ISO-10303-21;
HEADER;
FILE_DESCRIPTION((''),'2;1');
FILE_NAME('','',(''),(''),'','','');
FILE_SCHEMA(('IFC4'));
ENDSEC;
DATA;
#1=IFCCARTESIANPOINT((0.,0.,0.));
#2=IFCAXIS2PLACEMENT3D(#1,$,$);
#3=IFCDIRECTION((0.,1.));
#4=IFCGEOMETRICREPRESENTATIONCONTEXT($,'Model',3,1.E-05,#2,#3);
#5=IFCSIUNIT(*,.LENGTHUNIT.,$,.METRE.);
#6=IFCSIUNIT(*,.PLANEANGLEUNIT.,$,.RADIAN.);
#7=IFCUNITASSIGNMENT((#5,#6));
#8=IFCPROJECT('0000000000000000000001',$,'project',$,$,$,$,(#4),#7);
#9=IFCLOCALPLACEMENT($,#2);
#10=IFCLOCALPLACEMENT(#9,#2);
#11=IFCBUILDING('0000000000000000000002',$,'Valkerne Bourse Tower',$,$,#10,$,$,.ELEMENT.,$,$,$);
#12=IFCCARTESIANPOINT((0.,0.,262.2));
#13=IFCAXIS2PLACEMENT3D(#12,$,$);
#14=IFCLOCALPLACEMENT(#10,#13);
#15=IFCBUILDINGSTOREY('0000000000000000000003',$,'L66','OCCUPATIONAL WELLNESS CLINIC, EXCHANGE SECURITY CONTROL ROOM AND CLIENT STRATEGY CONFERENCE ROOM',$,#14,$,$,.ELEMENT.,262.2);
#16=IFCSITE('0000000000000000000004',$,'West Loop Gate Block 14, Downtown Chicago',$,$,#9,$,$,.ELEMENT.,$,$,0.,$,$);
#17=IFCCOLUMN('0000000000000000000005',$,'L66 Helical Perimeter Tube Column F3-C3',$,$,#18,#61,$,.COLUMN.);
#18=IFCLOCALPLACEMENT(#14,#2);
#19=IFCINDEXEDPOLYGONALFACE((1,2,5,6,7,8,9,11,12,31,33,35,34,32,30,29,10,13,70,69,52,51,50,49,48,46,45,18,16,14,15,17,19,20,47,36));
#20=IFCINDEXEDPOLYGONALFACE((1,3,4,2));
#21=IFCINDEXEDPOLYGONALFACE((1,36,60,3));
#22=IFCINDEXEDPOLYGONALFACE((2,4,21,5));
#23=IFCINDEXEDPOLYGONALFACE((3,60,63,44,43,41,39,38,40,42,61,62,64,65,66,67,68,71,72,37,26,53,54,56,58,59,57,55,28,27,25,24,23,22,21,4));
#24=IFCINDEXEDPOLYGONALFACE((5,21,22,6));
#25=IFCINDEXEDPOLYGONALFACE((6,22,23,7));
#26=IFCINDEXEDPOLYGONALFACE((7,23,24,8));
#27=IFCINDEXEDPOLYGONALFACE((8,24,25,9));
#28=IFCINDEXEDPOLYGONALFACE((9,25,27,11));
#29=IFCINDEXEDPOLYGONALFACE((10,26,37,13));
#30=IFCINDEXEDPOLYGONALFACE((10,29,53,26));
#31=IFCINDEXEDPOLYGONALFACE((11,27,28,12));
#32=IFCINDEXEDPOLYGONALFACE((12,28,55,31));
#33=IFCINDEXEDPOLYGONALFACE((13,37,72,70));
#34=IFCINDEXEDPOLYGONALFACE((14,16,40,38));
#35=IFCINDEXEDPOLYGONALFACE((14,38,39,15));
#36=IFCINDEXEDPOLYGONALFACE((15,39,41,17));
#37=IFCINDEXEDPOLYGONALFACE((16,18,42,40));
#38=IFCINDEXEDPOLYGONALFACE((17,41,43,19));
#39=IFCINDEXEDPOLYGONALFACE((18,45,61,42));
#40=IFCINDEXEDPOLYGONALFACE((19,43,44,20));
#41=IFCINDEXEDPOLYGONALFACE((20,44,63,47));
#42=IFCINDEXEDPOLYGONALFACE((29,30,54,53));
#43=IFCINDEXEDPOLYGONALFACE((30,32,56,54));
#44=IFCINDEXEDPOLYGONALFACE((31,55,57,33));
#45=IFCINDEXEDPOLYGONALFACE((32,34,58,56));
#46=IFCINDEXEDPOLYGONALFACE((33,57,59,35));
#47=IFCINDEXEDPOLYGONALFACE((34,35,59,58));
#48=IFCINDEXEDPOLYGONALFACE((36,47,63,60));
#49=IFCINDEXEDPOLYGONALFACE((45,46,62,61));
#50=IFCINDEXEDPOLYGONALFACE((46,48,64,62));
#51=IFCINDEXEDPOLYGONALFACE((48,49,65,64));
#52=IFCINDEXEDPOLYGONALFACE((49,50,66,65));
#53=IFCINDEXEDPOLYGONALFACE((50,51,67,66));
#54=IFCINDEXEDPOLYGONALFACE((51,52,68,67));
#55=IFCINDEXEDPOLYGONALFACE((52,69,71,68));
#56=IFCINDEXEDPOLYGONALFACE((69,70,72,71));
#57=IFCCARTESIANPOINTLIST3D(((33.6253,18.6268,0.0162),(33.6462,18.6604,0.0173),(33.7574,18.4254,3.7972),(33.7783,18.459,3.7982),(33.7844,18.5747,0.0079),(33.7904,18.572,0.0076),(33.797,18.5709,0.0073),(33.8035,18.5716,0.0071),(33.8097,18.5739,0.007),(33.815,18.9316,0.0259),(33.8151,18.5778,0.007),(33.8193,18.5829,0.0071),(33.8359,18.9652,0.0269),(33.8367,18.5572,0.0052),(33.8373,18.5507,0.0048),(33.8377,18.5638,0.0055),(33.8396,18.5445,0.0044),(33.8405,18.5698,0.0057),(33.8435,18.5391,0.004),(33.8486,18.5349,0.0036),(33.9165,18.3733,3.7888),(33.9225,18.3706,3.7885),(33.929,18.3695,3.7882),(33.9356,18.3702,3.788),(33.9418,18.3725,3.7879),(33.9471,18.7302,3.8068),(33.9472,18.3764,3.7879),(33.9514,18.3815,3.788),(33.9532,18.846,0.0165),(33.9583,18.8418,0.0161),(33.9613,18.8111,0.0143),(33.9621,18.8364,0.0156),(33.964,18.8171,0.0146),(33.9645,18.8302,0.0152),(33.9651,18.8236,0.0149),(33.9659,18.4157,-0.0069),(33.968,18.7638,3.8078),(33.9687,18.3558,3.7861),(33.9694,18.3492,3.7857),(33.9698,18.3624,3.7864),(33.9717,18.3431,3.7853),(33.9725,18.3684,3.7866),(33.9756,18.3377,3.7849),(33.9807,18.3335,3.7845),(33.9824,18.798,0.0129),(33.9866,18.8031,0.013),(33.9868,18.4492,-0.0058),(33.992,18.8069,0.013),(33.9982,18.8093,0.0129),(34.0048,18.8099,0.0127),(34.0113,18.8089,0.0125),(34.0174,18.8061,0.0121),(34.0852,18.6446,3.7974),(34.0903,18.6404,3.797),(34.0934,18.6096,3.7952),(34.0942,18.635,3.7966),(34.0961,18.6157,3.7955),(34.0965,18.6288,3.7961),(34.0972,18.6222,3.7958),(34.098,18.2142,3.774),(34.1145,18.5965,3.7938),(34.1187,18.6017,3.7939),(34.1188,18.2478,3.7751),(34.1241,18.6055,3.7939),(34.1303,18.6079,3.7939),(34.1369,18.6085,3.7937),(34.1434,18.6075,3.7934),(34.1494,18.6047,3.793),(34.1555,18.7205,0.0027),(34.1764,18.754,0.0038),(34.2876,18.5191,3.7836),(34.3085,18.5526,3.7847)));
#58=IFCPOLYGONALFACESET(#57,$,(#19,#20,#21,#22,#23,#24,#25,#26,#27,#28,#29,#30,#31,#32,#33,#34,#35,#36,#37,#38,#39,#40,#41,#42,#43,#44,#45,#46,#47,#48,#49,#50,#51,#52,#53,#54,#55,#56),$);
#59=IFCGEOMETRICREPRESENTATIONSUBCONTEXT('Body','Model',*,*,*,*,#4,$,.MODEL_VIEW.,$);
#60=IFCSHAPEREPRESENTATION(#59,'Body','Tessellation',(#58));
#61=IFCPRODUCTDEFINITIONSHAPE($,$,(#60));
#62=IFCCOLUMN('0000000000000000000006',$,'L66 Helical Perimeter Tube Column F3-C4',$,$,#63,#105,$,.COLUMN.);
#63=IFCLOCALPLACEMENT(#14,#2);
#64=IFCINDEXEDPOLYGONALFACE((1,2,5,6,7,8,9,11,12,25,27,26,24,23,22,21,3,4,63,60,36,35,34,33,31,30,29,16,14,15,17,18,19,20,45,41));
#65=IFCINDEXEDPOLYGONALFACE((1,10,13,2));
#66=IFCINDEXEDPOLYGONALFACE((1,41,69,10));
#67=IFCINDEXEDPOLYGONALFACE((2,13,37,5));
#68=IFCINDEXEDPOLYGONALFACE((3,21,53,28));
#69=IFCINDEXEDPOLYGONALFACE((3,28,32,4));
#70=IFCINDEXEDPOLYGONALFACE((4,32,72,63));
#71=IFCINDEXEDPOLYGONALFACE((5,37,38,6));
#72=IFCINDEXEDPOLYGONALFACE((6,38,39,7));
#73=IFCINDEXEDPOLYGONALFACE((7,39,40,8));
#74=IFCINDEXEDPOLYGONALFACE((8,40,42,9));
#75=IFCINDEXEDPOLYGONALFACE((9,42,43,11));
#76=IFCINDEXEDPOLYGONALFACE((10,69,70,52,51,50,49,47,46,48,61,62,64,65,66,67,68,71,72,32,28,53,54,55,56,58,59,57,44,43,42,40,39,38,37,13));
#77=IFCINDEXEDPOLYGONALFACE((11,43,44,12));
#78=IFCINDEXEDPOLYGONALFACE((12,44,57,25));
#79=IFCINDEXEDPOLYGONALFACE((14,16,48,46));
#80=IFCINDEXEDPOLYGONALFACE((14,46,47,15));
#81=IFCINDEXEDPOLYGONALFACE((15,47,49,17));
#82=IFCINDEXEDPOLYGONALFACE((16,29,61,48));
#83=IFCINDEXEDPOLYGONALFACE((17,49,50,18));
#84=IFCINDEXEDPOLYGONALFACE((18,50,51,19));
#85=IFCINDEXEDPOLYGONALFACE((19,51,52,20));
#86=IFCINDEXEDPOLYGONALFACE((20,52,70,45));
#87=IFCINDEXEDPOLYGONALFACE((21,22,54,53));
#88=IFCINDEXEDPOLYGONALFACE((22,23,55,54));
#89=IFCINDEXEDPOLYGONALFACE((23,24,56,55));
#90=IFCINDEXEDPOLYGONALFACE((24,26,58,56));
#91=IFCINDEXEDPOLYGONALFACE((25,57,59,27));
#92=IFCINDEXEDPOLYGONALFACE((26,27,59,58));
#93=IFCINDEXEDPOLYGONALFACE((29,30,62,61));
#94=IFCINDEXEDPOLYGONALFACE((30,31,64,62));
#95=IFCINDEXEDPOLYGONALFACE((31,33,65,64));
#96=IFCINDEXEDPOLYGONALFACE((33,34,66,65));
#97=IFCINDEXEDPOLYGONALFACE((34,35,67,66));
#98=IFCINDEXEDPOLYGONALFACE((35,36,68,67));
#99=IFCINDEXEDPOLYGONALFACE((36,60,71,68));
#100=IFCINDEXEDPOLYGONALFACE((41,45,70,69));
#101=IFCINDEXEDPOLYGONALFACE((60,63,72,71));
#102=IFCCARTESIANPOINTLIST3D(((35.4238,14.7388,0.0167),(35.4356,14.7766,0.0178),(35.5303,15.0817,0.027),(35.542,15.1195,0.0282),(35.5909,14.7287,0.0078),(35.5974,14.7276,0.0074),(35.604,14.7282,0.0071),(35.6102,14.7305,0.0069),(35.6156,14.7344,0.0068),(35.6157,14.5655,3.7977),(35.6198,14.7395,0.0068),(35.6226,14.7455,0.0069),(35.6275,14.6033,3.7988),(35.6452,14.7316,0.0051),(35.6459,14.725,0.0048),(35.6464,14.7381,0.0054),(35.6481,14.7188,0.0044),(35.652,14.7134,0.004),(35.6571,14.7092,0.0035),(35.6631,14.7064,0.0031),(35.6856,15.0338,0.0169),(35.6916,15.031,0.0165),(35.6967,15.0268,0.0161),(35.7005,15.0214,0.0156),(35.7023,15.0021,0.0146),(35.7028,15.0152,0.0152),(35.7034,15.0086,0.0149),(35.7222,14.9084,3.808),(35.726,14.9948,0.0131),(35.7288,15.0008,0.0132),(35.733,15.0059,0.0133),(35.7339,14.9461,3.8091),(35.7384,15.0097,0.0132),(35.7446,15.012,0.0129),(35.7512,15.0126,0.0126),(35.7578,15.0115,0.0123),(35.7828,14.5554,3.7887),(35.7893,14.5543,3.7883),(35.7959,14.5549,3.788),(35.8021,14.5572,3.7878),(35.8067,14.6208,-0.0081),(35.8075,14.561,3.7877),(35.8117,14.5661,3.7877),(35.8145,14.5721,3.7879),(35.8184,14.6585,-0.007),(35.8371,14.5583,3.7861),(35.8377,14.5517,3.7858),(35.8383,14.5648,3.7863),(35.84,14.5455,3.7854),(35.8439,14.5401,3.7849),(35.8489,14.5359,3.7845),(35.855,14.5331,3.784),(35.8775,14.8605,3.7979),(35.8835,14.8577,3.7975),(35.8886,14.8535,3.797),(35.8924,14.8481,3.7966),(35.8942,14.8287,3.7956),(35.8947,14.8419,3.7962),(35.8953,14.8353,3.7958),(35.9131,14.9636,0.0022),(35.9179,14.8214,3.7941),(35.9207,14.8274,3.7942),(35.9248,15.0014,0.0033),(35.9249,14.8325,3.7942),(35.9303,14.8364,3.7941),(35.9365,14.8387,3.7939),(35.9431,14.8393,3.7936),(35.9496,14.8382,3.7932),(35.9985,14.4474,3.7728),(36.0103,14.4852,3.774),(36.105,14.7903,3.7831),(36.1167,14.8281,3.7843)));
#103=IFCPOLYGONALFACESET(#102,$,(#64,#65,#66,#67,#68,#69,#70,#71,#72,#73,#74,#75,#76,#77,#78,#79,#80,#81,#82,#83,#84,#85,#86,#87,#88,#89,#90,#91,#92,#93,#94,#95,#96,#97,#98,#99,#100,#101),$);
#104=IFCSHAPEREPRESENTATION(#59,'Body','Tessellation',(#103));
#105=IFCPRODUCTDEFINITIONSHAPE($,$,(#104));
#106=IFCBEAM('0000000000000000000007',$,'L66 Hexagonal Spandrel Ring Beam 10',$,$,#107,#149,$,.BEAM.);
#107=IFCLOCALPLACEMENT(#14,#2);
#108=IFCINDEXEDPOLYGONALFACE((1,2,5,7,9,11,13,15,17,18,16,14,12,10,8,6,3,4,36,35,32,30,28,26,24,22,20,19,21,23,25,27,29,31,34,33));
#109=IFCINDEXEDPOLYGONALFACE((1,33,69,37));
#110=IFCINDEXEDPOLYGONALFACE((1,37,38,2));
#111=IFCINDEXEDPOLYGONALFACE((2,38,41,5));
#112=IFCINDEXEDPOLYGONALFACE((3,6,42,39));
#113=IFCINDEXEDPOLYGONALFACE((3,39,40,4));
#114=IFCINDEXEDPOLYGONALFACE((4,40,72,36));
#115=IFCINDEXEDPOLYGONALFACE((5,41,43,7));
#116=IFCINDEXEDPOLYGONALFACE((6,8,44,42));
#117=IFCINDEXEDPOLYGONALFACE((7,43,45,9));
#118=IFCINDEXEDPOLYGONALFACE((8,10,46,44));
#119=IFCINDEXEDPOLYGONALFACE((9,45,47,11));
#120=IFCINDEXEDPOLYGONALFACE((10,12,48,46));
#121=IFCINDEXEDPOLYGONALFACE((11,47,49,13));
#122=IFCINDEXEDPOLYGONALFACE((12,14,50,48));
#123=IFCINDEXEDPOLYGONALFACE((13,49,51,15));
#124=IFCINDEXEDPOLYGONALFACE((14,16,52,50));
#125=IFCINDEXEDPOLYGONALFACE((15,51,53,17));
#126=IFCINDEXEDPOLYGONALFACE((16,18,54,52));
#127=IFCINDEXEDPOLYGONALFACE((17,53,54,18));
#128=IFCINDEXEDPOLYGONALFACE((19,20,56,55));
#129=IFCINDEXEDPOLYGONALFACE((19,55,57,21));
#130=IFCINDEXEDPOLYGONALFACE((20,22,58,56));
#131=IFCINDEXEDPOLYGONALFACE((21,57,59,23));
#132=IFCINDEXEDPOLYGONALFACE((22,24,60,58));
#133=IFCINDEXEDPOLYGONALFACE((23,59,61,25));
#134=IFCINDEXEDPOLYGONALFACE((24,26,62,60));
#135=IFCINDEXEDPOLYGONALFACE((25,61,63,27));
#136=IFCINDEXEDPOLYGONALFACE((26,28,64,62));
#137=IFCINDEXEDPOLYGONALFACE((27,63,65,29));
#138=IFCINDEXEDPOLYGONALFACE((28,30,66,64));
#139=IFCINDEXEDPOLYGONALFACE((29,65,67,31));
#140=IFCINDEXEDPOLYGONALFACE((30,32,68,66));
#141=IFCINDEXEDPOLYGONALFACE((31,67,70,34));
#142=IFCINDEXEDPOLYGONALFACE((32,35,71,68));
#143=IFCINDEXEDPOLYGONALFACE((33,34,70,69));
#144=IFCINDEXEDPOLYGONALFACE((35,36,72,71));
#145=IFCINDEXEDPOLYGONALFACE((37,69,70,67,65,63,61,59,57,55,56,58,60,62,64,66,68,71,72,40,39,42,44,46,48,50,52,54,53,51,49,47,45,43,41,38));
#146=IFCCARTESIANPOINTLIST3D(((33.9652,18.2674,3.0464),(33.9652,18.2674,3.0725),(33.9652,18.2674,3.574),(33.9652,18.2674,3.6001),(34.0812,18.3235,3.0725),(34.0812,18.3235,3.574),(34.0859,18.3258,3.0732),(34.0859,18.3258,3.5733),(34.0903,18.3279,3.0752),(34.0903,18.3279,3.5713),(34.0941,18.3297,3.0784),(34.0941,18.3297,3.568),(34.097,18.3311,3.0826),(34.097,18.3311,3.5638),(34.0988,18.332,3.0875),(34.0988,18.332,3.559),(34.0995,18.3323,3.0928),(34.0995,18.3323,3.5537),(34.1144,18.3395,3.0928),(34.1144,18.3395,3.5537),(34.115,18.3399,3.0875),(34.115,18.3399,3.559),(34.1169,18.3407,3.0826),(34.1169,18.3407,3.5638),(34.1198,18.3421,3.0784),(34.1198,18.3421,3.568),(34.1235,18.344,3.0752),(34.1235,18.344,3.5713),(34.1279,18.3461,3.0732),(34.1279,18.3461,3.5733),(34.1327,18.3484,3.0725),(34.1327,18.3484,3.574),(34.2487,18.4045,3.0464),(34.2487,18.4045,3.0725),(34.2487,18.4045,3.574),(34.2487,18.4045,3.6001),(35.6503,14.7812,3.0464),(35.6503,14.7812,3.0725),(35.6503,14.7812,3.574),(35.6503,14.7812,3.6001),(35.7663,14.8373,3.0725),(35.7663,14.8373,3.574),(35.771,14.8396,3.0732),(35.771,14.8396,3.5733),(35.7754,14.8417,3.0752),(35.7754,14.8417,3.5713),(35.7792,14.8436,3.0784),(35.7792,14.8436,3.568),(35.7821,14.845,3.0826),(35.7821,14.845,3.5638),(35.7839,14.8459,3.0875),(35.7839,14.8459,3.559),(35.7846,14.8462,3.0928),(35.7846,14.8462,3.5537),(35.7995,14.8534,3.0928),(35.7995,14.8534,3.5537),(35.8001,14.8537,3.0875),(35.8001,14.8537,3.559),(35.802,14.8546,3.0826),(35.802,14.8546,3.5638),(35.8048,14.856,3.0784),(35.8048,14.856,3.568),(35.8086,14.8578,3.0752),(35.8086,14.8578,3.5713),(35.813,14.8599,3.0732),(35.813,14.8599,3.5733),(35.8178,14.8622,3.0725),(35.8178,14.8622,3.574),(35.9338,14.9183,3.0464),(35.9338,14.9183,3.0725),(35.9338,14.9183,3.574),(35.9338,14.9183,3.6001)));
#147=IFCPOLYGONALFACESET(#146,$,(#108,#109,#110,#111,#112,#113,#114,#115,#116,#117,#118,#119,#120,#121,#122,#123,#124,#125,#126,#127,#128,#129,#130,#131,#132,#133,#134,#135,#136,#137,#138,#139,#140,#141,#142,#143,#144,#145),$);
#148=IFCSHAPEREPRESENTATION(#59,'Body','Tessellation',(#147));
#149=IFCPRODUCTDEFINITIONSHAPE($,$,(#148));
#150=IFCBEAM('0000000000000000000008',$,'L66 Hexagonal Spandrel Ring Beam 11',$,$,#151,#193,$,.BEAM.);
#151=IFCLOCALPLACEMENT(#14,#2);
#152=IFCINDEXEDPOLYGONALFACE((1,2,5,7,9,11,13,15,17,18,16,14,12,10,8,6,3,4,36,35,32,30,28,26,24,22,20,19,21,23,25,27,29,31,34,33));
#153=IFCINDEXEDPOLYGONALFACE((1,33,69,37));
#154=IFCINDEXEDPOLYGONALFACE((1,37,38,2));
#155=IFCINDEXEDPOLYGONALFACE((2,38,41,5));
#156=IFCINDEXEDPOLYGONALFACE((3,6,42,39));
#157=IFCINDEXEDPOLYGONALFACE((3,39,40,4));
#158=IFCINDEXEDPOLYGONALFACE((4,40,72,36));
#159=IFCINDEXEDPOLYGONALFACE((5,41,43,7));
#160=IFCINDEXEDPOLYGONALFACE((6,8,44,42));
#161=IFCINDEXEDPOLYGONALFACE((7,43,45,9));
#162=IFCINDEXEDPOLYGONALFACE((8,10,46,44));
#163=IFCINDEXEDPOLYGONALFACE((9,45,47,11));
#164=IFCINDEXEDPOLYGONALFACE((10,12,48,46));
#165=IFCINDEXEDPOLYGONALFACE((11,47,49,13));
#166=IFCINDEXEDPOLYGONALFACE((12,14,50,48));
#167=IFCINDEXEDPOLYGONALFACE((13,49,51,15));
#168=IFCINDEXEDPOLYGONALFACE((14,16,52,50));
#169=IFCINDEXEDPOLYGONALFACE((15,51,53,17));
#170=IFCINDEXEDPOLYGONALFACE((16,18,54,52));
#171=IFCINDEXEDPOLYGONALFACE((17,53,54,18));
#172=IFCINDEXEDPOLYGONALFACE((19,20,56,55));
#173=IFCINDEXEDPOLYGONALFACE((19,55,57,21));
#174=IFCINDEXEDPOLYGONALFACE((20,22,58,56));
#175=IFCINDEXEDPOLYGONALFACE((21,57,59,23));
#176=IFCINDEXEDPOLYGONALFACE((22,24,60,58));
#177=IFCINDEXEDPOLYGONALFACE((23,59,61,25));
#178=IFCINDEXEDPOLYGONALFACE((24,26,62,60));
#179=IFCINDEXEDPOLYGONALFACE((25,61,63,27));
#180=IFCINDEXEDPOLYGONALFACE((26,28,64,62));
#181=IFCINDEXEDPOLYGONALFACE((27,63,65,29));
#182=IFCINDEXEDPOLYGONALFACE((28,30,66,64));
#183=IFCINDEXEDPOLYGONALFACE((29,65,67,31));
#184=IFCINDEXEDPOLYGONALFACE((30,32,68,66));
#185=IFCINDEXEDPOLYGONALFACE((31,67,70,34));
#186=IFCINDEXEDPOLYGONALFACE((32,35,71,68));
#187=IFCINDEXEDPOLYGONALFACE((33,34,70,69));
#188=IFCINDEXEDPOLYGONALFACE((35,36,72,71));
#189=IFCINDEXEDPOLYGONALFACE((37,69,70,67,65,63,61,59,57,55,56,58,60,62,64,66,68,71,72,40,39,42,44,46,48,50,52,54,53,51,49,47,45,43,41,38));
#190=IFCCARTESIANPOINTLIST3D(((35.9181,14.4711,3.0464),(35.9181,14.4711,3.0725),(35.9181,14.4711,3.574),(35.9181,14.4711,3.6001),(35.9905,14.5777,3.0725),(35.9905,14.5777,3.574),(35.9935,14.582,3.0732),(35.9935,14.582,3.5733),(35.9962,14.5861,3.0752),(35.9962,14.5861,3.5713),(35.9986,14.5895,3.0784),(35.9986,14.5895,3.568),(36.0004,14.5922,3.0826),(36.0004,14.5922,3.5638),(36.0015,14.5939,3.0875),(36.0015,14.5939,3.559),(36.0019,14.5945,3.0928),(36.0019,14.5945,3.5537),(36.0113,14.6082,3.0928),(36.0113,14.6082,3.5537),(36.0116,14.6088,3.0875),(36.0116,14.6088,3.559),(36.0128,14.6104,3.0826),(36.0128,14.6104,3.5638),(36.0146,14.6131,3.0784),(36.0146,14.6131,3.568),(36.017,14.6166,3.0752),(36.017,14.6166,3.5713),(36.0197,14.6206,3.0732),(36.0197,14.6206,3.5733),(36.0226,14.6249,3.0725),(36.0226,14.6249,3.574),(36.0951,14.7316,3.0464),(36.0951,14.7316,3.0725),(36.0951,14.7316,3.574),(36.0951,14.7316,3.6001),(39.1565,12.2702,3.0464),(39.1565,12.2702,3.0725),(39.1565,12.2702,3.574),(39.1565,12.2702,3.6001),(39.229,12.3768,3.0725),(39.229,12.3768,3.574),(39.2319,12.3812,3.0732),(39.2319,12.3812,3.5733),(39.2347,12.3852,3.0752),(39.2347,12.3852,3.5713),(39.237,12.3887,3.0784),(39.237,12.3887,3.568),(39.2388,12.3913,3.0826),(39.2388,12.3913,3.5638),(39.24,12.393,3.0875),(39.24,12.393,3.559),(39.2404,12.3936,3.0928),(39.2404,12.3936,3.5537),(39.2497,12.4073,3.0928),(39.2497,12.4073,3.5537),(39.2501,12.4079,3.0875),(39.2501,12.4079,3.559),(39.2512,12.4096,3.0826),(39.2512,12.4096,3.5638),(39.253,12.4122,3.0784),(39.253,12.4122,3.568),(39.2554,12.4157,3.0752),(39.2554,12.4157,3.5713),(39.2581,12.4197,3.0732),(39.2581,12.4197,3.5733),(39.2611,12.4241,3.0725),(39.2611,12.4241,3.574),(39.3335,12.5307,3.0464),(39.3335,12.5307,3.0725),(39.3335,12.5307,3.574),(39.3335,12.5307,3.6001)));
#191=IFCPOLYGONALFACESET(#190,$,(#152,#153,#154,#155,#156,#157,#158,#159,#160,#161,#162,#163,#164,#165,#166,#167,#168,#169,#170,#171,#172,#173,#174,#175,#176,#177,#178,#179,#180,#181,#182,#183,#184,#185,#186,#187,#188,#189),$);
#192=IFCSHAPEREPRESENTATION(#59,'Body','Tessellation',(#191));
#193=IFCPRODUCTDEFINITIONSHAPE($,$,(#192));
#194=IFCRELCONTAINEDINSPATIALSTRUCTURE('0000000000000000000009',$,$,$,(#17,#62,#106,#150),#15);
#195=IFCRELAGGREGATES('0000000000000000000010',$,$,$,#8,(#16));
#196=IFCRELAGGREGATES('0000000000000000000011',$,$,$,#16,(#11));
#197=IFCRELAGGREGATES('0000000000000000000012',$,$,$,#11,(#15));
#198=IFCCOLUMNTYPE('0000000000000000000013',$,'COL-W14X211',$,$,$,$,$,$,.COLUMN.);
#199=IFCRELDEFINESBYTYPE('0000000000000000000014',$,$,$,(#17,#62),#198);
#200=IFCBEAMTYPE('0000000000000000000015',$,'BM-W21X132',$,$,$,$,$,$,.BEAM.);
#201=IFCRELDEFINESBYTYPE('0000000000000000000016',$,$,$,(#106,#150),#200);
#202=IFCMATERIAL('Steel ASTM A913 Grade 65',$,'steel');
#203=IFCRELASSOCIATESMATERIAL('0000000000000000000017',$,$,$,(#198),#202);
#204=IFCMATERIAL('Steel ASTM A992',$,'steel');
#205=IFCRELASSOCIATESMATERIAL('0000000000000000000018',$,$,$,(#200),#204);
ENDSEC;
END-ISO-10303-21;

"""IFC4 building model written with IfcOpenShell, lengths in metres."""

from ifc_helpers import new_model, si_unit, direction, frame, origin, origin_2d, place, context, subcontext, project, spatial, i_section, extrude, material, material_profile, profile_set, type_object, element, save


model = new_model("IFC4")

# Units and contexts
model_context = context("Model", 3, precision=1e-05, world=origin(), true_north=direction((0.0, 1.0)))
body_context = subcontext(model_context, "Body", "Model", "MODEL_VIEW")
ifc_project = project(units=[si_unit("LENGTHUNIT", "METRE"), si_unit("PLANEANGLEUNIT", "RADIAN")], contexts=[model_context])

# Site, building, storey
site_placement = place(None, origin())
site = spatial("IfcSite", under=ifc_project, at=site_placement, Name="West Loop Gate Block 14, Downtown Chicago", CompositionType="ELEMENT", RefElevation=0.0)
building_placement = place(site_placement, origin())
building = spatial("IfcBuilding", under=site, at=building_placement, Name="Valkerne Bourse Tower", CompositionType="ELEMENT")
storey_placement = place(building_placement, frame((0.0, 0.0, 262.2)))
storey = spatial("IfcBuildingStorey", under=building, at=storey_placement, Name="L66", Description="OCCUPATIONAL WELLNESS CLINIC, EXCHANGE SECURITY CONTROL ROOM AND CLIENT STRATEGY CONFERENCE ROOM", CompositionType="ELEMENT", Elevation=262.2)

# Columns
ifc_material_1 = material(Name="Steel ASTM A913 Grade 65", Category="steel")
ifc_material_profile_1 = material_profile(ifc_material_1, i_section(OverallWidth=0.4014, OverallDepth=0.3987, WebThickness=0.0249, FlangeThickness=0.0396, FilletRadius=0.0254, at=origin_2d()), Name="W14X211")
ifc_profile_set_1 = profile_set([ifc_material_profile_1], Name="Steel ASTM A913 Grade 65")
column_type = type_object("IfcColumnType", Name="COL-W14X211", PredefinedType="COLUMN", material=ifc_profile_set_1)
column_1_placement = place(storey_placement, frame((33.9009, 18.6904, 0.01), z_axis=(0.034862, -0.053163, 0.997977), x_axis=(0.848474, -0.526086, -0.057664)))
element("IfcColumn", 1, at=column_1_placement, inside=storey, type_object=column_type, Name="L66 Helical Perimeter Tube Column F3-C3", PredefinedType="COLUMN", context=body_context, shape_type="SweptSolid", body=[
    extrude(i_section(OverallWidth=0.4014, OverallDepth=0.3987, WebThickness=0.0249, FlangeThickness=0.0396, FilletRadius=0.0254, at=origin_2d()), origin(), (0.0, 0.0, 1.0), 3.7886),
])
column_2_placement = place(storey_placement, frame((35.6743, 14.8701, 0.01), z_axis=(0.050634, -0.045738, 0.997669), x_axis=(0.953752, -0.294154, -0.061891)))
element("IfcColumn", 2, at=column_2_placement, inside=storey, type_object=column_type, Name="L66 Helical Perimeter Tube Column F3-C4", PredefinedType="COLUMN", context=body_context, shape_type="SweptSolid", body=[
    extrude(i_section(OverallWidth=0.4014, OverallDepth=0.3987, WebThickness=0.0249, FlangeThickness=0.0396, FilletRadius=0.0254, at=origin_2d()), origin(), (0.0, 0.0, 1.0), 3.7898),
])

# Beams
ifc_material_2 = material(Name="Steel ASTM A992", Category="steel")
ifc_material_profile_2 = material_profile(ifc_material_2, i_section(OverallWidth=0.3149, OverallDepth=0.5537, WebThickness=0.0166, FlangeThickness=0.0261, FilletRadius=0.0203, at=origin_2d()), Name="W21X132")
ifc_profile_set_2 = profile_set([ifc_material_profile_2], Name="Steel ASTM A992")
beam_type_1 = type_object("IfcBeamType", Name="BM-W21X132", PredefinedType="BEAM", material=ifc_profile_set_2)
beam_1_placement = place(storey_placement, frame((34.1069, 18.3359, 3.3232), z_axis=(0.435193, -0.900337, 0.0), x_axis=(0.900337, 0.435193, 0.0)))
element("IfcBeam", 3, at=beam_1_placement, inside=storey, type_object=beam_type_1, Name="L66 Hexagonal Spandrel Ring Beam 10", PredefinedType="BEAM", context=body_context, shape_type="SweptSolid", body=[
    extrude(i_section(OverallWidth=0.3149, OverallDepth=0.5537, WebThickness=0.0166, FlangeThickness=0.0261, FilletRadius=0.0203, at=origin_2d()), origin(), (0.0, 0.0, 1.0), 3.8721),
])
beam_2_placement = place(storey_placement, frame((36.0066, 14.6013, 3.3232), z_axis=(0.827077, -0.562088, 0.0), x_axis=(0.562088, 0.827077, 0.0)))
element("IfcBeam", 4, at=beam_2_placement, inside=storey, type_object=beam_type_1, Name="L66 Hexagonal Spandrel Ring Beam 11", PredefinedType="BEAM", context=body_context, shape_type="SweptSolid", body=[
    extrude(i_section(OverallWidth=0.3149, OverallDepth=0.5537, WebThickness=0.0166, FlangeThickness=0.0261, FilletRadius=0.0203, at=origin_2d()), origin(), (0.0, 0.0, 1.0), 3.9155),
])

save(model, "model.ifc")
